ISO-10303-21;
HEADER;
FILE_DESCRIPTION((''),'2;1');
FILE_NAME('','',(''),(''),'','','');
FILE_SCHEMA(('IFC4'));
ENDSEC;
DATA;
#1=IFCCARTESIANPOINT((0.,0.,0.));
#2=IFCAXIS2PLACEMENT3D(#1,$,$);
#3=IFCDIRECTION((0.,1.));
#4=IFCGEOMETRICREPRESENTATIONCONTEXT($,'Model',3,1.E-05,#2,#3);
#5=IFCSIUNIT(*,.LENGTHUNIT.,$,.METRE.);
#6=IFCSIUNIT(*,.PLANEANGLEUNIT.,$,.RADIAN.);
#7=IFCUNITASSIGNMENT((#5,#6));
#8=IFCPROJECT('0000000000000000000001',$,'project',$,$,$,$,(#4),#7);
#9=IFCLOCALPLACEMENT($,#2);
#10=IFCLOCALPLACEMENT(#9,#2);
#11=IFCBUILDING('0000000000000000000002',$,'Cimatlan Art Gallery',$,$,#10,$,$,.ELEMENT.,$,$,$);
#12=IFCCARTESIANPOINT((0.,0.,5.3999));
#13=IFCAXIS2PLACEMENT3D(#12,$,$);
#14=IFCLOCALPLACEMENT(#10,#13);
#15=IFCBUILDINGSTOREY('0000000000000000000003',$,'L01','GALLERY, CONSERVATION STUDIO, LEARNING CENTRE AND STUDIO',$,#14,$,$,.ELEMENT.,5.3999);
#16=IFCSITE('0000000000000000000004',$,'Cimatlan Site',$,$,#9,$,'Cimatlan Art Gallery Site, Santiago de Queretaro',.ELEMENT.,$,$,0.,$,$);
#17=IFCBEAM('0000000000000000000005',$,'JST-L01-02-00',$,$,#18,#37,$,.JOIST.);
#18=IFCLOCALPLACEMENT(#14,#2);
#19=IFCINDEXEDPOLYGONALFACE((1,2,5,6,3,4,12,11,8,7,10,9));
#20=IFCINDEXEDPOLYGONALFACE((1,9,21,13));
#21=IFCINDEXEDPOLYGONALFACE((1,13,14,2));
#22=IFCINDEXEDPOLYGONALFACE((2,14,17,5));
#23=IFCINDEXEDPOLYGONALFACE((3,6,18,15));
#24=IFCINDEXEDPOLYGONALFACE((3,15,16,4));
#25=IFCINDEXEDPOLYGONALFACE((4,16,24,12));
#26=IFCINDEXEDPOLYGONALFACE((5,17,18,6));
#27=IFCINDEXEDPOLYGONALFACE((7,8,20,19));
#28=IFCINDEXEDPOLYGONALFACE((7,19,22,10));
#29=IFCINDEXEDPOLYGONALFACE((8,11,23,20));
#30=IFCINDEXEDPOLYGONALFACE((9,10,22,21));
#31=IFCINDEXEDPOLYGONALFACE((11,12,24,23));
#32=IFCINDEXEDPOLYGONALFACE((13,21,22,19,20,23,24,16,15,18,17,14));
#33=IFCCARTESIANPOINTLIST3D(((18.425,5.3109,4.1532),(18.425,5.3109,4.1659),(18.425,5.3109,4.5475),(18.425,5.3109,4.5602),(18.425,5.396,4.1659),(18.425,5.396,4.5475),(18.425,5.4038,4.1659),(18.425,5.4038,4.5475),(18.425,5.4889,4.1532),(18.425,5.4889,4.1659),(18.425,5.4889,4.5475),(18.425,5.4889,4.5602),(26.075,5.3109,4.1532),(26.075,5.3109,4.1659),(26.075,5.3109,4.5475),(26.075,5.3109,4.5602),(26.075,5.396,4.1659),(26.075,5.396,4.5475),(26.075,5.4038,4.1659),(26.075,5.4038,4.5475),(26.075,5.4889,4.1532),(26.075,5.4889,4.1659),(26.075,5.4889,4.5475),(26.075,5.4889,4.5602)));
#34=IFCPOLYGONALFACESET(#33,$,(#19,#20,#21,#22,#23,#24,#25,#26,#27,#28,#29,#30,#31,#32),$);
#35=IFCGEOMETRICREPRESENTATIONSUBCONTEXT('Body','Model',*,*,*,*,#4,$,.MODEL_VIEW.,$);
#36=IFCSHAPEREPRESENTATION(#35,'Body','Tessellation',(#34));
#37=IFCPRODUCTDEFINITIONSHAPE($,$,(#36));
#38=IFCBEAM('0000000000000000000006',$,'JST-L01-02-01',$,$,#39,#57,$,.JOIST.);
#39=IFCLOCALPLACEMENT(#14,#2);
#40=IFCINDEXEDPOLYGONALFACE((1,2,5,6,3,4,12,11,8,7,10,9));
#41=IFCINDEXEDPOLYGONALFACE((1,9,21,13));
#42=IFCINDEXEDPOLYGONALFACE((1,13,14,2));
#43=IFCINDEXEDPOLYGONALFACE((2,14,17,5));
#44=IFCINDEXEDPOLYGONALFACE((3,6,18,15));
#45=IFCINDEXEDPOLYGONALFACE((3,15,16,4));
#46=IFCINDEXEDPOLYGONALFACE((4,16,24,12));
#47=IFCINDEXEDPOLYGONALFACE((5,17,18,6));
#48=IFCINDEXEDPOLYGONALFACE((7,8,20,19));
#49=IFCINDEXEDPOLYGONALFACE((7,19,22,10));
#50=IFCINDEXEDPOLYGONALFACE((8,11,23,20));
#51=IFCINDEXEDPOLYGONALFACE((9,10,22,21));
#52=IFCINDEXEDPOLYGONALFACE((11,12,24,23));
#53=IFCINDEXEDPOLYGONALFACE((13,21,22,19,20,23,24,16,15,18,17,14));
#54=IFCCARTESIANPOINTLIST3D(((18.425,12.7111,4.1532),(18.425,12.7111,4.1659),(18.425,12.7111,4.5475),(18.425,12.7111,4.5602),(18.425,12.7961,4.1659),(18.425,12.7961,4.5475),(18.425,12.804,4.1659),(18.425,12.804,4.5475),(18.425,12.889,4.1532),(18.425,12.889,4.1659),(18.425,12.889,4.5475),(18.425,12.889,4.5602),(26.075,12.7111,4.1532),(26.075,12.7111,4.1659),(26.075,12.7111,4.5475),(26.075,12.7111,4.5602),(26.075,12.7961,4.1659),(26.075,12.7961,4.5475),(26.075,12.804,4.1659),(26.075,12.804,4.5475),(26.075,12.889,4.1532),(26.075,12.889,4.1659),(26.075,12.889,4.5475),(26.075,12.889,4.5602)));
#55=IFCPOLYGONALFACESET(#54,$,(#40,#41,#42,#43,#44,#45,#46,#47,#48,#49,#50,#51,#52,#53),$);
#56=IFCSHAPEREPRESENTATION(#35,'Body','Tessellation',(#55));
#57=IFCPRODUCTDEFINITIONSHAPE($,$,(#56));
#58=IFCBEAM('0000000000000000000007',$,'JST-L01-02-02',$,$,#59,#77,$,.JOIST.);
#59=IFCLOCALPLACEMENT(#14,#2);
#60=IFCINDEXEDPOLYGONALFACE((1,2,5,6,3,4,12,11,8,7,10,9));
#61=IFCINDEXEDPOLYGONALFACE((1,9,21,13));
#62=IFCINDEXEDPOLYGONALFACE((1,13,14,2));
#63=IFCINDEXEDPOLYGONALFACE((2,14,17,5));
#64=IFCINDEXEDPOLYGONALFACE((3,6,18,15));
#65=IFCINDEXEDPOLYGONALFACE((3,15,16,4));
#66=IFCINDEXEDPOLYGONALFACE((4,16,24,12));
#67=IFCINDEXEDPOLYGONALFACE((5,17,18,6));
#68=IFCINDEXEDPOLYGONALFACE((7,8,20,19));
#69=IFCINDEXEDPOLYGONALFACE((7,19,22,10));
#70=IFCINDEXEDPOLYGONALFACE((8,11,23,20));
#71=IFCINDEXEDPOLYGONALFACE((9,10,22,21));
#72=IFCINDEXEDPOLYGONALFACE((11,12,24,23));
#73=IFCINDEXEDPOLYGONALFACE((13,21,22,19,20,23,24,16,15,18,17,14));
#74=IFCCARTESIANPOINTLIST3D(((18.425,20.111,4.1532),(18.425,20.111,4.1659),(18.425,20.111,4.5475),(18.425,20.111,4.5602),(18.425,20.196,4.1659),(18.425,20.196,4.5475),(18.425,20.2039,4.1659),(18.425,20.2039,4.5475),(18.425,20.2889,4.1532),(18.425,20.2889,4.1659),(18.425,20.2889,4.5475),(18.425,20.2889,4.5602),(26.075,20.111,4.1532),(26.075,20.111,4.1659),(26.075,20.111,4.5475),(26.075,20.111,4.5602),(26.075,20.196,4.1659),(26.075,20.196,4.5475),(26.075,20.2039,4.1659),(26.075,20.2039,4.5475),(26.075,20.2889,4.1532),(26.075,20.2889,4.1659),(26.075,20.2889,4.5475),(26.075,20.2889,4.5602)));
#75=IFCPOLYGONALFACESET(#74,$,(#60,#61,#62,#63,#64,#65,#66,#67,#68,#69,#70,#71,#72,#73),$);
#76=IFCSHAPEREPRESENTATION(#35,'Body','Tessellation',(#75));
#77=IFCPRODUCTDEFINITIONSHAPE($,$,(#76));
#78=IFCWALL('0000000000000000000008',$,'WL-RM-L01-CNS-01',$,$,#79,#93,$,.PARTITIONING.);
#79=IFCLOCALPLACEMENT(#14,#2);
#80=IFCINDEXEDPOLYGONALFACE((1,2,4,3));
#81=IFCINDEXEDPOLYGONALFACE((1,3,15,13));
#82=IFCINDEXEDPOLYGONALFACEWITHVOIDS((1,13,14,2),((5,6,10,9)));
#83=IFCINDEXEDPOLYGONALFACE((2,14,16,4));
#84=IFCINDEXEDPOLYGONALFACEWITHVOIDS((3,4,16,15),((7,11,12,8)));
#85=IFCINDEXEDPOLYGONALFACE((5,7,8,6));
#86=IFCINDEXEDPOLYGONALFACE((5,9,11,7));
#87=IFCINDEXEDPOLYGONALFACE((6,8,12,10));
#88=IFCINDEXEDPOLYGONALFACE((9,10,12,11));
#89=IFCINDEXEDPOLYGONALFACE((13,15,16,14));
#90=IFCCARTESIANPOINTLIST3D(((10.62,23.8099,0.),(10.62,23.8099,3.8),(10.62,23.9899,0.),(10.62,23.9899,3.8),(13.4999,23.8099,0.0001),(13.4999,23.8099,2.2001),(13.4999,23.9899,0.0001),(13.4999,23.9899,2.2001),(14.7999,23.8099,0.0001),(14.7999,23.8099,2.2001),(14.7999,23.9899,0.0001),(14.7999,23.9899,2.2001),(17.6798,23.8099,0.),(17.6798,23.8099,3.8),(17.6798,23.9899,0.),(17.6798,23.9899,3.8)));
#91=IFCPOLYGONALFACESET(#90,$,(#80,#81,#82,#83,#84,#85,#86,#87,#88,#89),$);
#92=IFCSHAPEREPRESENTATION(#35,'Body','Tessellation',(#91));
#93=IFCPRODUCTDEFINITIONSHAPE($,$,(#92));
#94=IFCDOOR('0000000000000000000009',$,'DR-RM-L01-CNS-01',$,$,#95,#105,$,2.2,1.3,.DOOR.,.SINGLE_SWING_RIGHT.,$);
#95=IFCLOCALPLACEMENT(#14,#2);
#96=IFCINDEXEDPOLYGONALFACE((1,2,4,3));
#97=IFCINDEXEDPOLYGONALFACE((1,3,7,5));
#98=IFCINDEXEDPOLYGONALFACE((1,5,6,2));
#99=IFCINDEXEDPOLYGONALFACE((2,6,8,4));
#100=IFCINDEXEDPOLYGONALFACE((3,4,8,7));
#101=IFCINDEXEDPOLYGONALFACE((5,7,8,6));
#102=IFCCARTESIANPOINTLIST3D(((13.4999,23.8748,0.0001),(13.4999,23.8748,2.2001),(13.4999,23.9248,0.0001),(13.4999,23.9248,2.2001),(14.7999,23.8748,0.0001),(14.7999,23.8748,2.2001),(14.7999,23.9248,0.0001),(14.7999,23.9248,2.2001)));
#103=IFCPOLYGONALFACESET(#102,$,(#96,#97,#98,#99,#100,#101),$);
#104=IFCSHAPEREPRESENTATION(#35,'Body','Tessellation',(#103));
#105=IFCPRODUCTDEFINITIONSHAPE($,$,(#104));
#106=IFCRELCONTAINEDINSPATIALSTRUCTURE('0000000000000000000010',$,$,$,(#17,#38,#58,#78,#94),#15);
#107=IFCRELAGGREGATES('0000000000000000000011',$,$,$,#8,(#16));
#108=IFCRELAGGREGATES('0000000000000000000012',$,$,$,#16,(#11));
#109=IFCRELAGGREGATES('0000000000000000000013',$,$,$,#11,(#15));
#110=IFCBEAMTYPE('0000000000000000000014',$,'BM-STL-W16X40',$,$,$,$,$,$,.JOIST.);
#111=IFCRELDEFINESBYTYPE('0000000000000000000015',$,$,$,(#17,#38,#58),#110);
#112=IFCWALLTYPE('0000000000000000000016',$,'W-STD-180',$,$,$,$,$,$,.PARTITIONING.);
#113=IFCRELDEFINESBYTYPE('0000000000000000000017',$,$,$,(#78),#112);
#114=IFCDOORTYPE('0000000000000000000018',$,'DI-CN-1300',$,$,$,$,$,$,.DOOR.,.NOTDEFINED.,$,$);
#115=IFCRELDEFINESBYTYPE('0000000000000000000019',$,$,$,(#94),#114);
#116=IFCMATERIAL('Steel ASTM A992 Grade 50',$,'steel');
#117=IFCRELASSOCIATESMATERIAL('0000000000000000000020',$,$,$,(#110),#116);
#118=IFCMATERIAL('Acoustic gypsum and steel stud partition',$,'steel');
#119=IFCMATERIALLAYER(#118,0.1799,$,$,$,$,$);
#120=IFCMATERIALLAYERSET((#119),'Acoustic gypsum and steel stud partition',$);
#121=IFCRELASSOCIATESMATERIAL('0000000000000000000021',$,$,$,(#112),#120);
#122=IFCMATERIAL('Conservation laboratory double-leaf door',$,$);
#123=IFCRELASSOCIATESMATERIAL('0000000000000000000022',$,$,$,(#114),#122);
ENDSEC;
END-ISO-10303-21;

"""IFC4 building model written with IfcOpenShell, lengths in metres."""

from ifc_helpers import new_model, si_unit, direction, frame, frame_2d, origin, origin_2d, place, context, subcontext, project, spatial, rectangle, i_section, extrude, material, layer, layer_set, material_profile, profile_set, type_object, element, fill, save


model = new_model("IFC4")

# Units and contexts
model_context = context("Model", 3, precision=1e-05, world=origin(), true_north=direction((0.0, 1.0)))
body_context = subcontext(model_context, "Body", "Model", "MODEL_VIEW")
ifc_project = project(units=[si_unit("LENGTHUNIT", "METRE"), si_unit("PLANEANGLEUNIT", "RADIAN")], contexts=[model_context])

# Site, building, storey
site_placement = place(None, origin())
site = spatial("IfcSite", under=ifc_project, at=site_placement, Name="Cimatlan Site", LongName="Cimatlan Art Gallery Site, Santiago de Queretaro", CompositionType="ELEMENT", RefElevation=0.0)
building_placement = place(site_placement, origin())
building = spatial("IfcBuilding", under=site, at=building_placement, Name="Cimatlan Art Gallery", CompositionType="ELEMENT")
storey_placement = place(building_placement, frame((0.0, 0.0, 5.3999)))
storey = spatial("IfcBuildingStorey", under=building, at=storey_placement, Name="L01", Description="GALLERY, CONSERVATION STUDIO, LEARNING CENTRE AND STUDIO", CompositionType="ELEMENT", Elevation=5.3999)

# Beams
ifc_material_1 = material(Name="Steel ASTM A992 Grade 50", Category="steel")
ifc_material_profile_1 = material_profile(ifc_material_1, i_section(OverallWidth=0.178, OverallDepth=0.407, WebThickness=0.0078, FlangeThickness=0.0127, at=origin_2d()), Name="W16X40")
ifc_profile_set_1 = profile_set([ifc_material_profile_1], Name="Steel ASTM A992 Grade 50")
beam_type_1 = type_object("IfcBeamType", Name="BM-STL-W16X40", PredefinedType="JOIST", material=ifc_profile_set_1)
for number, where, z_axis, x_axis, name in (
    (1, (18.425, 5.3999, 4.3567), (1.0, 0.0, 0.0), (0.0, 1.0, 0.0), "JST-L01-02-00"),
    (2, (18.425, 12.8, 4.3567), (1.0, 0.0, 0.0), (0.0, 1.0, 0.0), "JST-L01-02-01"),
    (3, (18.425, 20.2, 4.3567), (1.0, 0.0, 0.0), (0.0, 1.0, 0.0), "JST-L01-02-02"),
):
    element("IfcBeam", number, at=place(storey_placement, frame(where, z_axis=z_axis, x_axis=x_axis)), inside=storey, type_object=beam_type_1, Name=name, PredefinedType="JOIST", context=body_context, shape_type="SweptSolid", body=[
        extrude(i_section(OverallWidth=0.178, OverallDepth=0.407, WebThickness=0.0078, FlangeThickness=0.0127, at=origin_2d()), origin(), (0.0, 0.0, 1.0), 7.6499),
    ])

# Wall, opening, door
ifc_material_2 = material(Name="Acoustic gypsum and steel stud partition", Category="steel")
ifc_layer = layer(ifc_material_2, 0.1799)
ifc_layer_set = layer_set([ifc_layer], Name="Acoustic gypsum and steel stud partition")
wall_type = type_object("IfcWallType", Name="W-STD-180", PredefinedType="PARTITIONING", material=ifc_layer_set)
wall_placement = place(storey_placement, frame((10.6201, 23.8999, 0.0), z_axis=(0.0, 0.0, 1.0), x_axis=(1.0, 0.0, 0.0)))
wall = element("IfcWall", 4, at=wall_placement, inside=storey, type_object=wall_type, Name="WL-RM-L01-CNS-01", PredefinedType="PARTITIONING", context=body_context, shape_type="SweptSolid", body=[
    extrude(rectangle(XDim=7.0598, YDim=0.1799, at=frame_2d((3.5298, 0.0))), origin(), (0.0, 0.0, 1.0), 3.8),
])
opening_placement = place(wall_placement, frame((2.8799, 0.0, 0.0)))
opening = element("IfcOpeningElement", 5, at=opening_placement, cuts=wall, PredefinedType="OPENING", context=body_context, shape_type="SweptSolid", body=[
    extrude(rectangle(XDim=1.3, YDim=2.2, at=frame_2d((0.6499, 1.1001))), frame((0.0, 0.1001, 0.0), z_axis=(0.0, -1.0, 0.0), x_axis=(1.0, 0.0, 0.0)), (0.0, 0.0, 1.0), 0.2),
])
ifc_material_3 = material(Name="Conservation laboratory double-leaf door")
door_type = type_object("IfcDoorType", Name="DI-CN-1300", OperationType="NOTDEFINED", PredefinedType="DOOR", material=ifc_material_3)
door_placement = place(opening_placement, origin())
door = element("IfcDoor", 6, at=door_placement, inside=storey, type_object=door_type, Name="DR-RM-L01-CNS-01", OperationType="SINGLE_SWING_RIGHT", OverallHeight=2.2, OverallWidth=1.3, PredefinedType="DOOR", context=body_context, shape_type="SweptSolid", body=[
    extrude(rectangle(XDim=1.3, YDim=2.2, at=frame_2d((0.6499, 1.1001))), frame((0.0, 0.0249, 0.0), z_axis=(0.0, -1.0, 0.0), x_axis=(1.0, 0.0, 0.0)), (0.0, 0.0, 1.0), 0.05),
])
fill(opening, door)

save(model, "model.ifc")
